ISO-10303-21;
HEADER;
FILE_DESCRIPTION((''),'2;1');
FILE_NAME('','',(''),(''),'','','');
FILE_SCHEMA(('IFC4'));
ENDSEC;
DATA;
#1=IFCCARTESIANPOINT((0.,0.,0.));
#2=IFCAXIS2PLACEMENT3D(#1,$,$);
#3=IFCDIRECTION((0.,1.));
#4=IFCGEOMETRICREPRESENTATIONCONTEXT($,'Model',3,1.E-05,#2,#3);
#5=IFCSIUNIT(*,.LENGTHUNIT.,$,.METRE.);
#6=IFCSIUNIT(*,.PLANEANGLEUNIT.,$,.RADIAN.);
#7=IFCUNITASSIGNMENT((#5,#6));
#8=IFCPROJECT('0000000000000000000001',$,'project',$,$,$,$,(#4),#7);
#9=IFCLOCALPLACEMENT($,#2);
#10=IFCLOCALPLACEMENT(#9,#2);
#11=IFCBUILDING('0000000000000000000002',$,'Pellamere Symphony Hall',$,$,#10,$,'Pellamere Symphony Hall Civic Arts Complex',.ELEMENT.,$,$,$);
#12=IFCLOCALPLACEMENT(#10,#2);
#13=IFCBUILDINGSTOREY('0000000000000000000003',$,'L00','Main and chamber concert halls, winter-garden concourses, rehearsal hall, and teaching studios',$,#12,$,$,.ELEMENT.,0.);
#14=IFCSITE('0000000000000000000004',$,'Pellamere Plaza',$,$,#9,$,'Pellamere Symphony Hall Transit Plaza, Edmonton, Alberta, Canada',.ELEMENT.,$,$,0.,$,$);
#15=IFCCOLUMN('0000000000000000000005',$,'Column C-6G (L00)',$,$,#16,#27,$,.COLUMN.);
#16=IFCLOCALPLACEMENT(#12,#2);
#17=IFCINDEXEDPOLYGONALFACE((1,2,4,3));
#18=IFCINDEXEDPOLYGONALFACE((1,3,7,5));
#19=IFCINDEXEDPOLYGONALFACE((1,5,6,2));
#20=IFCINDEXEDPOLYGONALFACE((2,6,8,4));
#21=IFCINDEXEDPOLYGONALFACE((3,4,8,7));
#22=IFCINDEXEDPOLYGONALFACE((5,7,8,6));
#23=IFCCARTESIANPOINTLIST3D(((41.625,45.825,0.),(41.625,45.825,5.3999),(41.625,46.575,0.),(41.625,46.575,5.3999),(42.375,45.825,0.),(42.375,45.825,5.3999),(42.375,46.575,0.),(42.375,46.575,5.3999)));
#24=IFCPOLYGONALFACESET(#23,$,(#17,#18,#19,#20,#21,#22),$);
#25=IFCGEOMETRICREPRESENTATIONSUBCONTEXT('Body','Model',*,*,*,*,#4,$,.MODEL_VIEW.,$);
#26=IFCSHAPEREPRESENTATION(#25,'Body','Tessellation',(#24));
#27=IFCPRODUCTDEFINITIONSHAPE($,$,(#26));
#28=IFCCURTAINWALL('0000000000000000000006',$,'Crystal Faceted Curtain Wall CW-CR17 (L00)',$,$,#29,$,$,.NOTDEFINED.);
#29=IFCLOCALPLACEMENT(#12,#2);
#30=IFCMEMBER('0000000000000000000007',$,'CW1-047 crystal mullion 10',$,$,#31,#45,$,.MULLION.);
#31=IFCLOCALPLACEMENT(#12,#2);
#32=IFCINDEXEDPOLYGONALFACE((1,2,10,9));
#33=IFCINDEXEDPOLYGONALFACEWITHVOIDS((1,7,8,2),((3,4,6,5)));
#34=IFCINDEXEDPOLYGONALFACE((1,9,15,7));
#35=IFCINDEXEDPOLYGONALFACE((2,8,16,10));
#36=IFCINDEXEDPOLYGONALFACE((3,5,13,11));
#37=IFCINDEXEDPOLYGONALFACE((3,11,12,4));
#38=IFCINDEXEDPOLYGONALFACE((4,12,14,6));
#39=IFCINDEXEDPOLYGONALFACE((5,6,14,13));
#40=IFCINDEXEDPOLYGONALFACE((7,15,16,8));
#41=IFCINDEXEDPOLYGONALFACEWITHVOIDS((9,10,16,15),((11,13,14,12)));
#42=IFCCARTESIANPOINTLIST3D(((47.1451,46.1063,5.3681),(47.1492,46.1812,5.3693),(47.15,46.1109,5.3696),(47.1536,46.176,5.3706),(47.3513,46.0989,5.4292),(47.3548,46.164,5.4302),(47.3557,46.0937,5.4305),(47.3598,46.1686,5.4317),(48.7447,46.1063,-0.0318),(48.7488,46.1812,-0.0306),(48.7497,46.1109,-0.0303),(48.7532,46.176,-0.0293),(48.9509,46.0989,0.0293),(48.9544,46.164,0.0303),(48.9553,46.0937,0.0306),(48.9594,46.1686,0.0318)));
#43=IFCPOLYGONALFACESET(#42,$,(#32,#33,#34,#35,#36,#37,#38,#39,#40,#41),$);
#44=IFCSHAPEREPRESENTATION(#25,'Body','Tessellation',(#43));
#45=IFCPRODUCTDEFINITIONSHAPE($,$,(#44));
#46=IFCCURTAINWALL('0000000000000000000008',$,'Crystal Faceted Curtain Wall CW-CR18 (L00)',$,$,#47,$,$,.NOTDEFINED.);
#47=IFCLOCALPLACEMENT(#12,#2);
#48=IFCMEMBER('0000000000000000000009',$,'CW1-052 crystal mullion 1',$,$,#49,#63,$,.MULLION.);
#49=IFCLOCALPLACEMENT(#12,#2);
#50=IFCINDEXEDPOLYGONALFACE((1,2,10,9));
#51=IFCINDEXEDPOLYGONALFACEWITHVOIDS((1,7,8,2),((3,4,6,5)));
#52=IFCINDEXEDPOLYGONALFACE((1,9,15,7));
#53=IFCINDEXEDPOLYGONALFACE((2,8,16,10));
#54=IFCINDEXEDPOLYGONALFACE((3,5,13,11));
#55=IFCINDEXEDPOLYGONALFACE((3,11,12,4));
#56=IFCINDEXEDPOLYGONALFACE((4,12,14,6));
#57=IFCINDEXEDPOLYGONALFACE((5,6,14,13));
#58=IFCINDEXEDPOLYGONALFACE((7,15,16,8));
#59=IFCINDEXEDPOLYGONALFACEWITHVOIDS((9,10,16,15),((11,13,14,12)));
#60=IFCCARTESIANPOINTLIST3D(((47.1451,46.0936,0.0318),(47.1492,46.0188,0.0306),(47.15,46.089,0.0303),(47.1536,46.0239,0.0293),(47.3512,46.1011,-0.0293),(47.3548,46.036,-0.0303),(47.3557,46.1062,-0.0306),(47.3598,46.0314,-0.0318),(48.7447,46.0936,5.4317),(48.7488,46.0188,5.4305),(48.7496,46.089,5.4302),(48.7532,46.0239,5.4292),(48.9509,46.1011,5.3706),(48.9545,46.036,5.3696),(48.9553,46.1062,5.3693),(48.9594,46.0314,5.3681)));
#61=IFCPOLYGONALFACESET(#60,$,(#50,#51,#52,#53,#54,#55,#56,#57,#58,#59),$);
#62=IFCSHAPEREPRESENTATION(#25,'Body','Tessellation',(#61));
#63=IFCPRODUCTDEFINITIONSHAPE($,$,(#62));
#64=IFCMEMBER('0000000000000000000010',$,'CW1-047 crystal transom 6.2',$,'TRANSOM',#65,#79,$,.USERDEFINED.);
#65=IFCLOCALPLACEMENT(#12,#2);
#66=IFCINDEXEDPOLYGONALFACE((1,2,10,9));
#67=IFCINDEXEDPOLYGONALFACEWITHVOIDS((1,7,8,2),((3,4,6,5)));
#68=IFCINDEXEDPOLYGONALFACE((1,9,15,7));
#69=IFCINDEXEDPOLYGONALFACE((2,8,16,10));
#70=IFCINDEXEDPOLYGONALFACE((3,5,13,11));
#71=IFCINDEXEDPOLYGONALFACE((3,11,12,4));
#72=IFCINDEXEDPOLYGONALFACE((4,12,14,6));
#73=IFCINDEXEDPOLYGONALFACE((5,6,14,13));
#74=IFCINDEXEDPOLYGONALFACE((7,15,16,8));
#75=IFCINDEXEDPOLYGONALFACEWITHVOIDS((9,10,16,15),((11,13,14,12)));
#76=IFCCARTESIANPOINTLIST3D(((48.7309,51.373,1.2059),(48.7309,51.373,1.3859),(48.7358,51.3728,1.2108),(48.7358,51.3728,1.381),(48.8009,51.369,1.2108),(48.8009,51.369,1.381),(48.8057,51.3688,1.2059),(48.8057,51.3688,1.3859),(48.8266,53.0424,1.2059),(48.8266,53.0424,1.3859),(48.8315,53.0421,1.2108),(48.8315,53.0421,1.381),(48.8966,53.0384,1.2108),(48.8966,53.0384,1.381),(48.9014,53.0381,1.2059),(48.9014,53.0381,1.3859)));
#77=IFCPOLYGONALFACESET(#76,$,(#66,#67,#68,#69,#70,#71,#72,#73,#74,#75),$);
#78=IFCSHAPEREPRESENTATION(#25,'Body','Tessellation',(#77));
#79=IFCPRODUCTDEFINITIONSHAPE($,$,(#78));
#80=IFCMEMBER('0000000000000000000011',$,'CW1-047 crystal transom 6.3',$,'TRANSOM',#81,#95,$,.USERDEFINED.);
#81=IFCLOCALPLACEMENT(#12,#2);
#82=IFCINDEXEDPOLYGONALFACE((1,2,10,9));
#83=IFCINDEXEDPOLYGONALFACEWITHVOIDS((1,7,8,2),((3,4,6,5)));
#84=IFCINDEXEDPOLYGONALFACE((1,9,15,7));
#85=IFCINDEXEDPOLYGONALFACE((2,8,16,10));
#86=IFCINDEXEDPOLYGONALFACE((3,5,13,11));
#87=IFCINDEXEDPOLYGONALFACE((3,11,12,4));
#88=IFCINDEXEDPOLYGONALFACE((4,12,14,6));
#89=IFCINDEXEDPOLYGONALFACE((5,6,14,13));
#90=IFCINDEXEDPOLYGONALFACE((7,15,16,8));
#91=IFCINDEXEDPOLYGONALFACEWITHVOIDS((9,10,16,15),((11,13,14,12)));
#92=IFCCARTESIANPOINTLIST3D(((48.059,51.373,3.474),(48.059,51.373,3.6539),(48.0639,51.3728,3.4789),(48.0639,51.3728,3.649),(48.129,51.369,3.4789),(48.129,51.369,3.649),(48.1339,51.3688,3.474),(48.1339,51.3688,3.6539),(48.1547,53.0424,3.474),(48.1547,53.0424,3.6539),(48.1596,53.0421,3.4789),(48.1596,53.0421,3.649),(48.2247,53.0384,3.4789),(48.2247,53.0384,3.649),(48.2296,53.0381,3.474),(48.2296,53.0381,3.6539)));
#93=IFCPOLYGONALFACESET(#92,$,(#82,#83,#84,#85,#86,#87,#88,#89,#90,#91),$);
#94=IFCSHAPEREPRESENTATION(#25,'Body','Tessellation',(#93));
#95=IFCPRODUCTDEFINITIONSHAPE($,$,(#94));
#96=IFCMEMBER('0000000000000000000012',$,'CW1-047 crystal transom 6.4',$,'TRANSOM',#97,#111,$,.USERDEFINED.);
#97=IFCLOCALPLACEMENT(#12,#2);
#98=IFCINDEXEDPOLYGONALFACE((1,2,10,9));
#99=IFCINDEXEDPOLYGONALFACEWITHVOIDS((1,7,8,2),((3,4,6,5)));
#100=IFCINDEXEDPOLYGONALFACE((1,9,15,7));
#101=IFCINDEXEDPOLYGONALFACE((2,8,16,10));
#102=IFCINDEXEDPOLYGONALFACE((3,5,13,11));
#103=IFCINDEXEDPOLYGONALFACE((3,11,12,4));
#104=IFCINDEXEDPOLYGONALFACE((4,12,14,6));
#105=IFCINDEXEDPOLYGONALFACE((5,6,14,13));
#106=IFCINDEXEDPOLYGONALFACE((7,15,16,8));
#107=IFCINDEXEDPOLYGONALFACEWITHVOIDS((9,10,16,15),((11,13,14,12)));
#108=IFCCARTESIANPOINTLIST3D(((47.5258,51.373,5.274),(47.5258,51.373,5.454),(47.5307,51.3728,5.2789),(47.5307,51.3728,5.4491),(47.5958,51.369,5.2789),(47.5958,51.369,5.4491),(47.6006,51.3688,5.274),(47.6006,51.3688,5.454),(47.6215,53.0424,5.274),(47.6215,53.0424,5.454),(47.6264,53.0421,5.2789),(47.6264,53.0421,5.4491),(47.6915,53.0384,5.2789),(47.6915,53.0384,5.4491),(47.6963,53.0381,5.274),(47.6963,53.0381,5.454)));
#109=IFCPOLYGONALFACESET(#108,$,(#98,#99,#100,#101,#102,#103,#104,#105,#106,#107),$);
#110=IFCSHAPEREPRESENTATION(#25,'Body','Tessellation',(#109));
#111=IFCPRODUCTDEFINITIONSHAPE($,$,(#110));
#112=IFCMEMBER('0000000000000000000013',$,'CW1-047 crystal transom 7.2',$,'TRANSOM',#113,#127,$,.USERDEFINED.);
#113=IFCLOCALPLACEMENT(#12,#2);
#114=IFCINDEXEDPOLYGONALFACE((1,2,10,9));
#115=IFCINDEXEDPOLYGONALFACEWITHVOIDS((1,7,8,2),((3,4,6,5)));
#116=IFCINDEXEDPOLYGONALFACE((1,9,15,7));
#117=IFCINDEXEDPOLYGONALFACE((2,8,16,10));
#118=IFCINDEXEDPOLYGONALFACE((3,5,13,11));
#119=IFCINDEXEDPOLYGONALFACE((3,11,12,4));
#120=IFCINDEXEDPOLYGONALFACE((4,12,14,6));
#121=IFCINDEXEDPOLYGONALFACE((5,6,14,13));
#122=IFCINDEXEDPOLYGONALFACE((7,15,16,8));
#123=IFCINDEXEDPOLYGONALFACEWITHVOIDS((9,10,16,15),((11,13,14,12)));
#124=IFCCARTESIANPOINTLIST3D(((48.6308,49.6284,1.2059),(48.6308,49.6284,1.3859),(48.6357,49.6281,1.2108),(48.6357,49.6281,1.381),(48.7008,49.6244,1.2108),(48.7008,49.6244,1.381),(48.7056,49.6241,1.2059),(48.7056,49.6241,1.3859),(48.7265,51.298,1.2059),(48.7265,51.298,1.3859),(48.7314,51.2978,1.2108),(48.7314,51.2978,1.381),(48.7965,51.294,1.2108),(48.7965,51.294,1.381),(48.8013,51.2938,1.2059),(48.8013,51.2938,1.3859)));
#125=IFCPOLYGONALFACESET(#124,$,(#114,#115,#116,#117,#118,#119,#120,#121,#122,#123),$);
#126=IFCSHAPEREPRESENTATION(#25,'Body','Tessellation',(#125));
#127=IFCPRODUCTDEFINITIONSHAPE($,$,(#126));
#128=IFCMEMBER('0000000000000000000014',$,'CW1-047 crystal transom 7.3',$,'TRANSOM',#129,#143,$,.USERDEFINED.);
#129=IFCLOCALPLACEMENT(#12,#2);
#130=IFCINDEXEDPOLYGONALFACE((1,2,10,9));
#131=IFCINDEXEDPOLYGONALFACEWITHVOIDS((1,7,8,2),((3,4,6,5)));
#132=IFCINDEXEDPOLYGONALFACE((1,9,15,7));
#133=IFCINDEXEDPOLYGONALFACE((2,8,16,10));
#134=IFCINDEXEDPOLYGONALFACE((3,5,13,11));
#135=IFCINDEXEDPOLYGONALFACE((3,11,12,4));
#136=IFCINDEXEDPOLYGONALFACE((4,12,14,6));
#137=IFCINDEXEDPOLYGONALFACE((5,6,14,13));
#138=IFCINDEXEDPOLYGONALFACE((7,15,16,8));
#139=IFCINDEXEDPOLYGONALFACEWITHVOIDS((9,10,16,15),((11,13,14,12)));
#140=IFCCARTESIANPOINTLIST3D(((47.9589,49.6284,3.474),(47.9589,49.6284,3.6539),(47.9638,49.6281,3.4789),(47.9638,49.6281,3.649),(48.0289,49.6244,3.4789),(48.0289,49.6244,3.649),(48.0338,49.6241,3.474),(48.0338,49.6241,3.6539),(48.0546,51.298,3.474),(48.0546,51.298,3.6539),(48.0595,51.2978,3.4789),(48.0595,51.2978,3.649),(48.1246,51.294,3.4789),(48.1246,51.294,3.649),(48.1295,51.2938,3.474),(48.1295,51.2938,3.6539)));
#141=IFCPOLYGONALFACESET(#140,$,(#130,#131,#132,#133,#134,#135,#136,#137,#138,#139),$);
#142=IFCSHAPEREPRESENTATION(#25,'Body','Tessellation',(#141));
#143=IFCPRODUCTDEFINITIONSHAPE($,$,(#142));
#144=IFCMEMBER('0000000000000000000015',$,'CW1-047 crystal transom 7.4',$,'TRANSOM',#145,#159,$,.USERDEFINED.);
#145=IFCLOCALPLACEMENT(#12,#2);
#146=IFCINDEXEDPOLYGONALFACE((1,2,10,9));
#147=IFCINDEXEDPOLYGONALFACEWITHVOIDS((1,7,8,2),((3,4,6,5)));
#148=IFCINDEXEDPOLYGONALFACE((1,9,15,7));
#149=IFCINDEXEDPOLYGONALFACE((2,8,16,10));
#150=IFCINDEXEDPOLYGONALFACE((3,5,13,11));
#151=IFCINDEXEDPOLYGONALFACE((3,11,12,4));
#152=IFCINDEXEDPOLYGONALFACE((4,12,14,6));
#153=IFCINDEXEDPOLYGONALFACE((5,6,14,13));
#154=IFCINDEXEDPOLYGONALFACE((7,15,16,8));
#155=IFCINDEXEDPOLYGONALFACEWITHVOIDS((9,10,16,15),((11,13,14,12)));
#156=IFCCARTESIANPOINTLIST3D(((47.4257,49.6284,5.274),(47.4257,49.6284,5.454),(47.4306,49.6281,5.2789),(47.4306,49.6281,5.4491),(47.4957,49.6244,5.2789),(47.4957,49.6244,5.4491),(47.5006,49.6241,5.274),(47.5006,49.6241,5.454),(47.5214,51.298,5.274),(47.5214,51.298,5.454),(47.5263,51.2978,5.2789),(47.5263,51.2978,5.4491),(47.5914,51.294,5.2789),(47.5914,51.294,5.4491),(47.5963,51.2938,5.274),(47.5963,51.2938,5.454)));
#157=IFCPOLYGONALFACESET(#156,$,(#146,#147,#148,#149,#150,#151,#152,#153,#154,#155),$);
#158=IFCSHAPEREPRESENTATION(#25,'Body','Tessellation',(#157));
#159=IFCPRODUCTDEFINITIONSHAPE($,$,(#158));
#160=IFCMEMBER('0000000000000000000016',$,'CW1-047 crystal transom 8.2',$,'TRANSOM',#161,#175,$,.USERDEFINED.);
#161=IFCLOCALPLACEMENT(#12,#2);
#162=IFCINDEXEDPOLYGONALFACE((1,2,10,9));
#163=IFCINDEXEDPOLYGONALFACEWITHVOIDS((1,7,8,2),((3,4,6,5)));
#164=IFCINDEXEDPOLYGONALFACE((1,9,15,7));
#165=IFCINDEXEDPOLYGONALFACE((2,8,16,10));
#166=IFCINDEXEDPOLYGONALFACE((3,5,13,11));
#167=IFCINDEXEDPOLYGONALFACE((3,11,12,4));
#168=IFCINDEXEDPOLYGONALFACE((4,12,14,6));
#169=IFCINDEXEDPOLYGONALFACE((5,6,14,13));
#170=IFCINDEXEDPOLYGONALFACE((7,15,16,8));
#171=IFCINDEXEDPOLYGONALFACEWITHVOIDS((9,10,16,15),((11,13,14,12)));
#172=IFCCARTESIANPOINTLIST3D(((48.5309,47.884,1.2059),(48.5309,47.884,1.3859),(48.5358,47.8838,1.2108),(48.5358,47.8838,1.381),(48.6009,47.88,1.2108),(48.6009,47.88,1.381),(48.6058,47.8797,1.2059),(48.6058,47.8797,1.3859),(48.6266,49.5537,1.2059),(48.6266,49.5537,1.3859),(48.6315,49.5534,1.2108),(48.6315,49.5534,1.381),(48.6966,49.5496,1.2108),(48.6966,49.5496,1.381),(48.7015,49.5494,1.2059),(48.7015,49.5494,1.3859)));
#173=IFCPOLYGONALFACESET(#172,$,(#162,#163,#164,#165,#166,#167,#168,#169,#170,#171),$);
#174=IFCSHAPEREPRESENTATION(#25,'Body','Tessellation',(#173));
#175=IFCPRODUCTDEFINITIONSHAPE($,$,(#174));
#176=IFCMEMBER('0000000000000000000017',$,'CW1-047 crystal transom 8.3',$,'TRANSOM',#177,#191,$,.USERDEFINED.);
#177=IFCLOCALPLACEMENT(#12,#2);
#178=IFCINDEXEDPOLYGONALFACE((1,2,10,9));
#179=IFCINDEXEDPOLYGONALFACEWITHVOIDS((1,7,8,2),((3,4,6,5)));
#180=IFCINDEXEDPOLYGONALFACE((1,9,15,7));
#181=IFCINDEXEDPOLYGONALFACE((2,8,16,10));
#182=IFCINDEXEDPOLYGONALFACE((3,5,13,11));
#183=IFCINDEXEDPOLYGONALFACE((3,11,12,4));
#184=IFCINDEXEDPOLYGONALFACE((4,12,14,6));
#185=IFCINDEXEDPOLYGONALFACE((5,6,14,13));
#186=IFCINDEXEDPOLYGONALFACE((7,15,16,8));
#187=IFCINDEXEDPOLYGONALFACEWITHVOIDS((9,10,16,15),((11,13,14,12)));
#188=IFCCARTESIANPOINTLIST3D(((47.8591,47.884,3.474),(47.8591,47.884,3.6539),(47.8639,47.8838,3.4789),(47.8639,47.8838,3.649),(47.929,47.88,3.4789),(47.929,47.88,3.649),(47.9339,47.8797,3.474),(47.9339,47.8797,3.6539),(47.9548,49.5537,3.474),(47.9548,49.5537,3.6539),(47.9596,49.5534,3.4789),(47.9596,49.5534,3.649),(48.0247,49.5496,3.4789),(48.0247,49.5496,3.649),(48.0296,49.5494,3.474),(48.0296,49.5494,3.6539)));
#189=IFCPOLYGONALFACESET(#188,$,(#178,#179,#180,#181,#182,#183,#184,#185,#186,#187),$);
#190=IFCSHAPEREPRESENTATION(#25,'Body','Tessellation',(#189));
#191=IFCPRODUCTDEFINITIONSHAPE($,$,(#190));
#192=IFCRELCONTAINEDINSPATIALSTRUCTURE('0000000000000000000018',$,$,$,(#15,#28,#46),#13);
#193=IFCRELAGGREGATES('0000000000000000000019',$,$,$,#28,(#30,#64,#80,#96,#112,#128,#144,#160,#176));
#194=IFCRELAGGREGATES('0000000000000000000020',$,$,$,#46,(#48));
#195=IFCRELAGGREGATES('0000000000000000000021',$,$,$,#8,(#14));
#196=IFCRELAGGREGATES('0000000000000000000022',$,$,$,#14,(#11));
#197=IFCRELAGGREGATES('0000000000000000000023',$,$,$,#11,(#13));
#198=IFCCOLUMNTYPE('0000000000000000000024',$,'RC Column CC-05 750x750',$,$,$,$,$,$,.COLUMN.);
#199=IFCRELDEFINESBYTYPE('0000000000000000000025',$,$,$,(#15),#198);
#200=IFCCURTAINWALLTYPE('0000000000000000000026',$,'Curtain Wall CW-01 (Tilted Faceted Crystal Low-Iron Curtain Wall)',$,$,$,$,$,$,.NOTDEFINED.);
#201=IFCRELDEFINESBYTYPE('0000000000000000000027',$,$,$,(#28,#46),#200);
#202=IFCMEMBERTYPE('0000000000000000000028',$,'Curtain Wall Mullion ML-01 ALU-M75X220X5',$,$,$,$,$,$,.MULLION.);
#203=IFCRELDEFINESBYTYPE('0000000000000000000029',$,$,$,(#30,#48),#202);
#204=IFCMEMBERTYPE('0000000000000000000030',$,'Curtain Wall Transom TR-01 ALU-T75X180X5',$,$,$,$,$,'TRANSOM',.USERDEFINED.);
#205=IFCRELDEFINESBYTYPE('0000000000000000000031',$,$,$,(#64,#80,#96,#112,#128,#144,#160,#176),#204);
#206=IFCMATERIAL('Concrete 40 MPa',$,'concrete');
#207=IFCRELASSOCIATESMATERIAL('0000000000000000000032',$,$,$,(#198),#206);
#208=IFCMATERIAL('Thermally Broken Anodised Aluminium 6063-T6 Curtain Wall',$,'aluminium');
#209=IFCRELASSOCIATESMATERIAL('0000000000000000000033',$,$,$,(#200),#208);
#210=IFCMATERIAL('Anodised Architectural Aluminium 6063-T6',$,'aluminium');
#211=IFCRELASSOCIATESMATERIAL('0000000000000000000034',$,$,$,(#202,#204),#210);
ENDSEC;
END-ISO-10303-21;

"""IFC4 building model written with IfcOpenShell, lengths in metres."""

from ifc_helpers import new_model, si_unit, direction, frame, origin, origin_2d, place, context, subcontext, project, spatial, rectangle, hollow_rectangle, extrude, material, material_profile, profile_set, type_object, element, aggregate, save


model = new_model("IFC4")

# Units and contexts
model_context = context("Model", 3, precision=1e-05, world=origin(), true_north=direction((0.0, 1.0)))
body_context = subcontext(model_context, "Body", "Model", "MODEL_VIEW")
ifc_project = project(units=[si_unit("LENGTHUNIT", "METRE"), si_unit("PLANEANGLEUNIT", "RADIAN")], contexts=[model_context])

# Site, building, storey
site_placement = place(None, origin())
site = spatial("IfcSite", under=ifc_project, at=site_placement, Name="Pellamere Plaza", LongName="Pellamere Symphony Hall Transit Plaza, Edmonton, Alberta, Canada", CompositionType="ELEMENT", RefElevation=0.0)
building_placement = place(site_placement, origin())
building = spatial("IfcBuilding", under=site, at=building_placement, Name="Pellamere Symphony Hall", LongName="Pellamere Symphony Hall Civic Arts Complex", CompositionType="ELEMENT")
storey_placement = place(building_placement, origin())
storey = spatial("IfcBuildingStorey", under=building, at=storey_placement, Name="L00", Description="Main and chamber concert halls, winter-garden concourses, rehearsal hall, and teaching studios", CompositionType="ELEMENT", Elevation=0.0)

# Column
ifc_material_1 = material(Name="Concrete 40 MPa", Category="concrete")
ifc_material_profile_1 = material_profile(ifc_material_1, rectangle(XDim=0.75, YDim=0.75, at=origin_2d()), Name="RC 750x750")
ifc_profile_set_1 = profile_set([ifc_material_profile_1], Name="Concrete 40 MPa")
column_type = type_object("IfcColumnType", Name="RC Column CC-05 750x750", PredefinedType="COLUMN", material=ifc_profile_set_1)
column_placement = place(storey_placement, frame((42.0, 46.2, 0.0), z_axis=(0.0, 0.0, 1.0), x_axis=(1.0, 0.0, 0.0)))
element("IfcColumn", 1, at=column_placement, inside=storey, type_object=column_type, Name="Column C-6G (L00)", PredefinedType="COLUMN", context=body_context, shape_type="SweptSolid", body=[
    extrude(rectangle(XDim=0.75, YDim=0.75, at=origin_2d()), origin(), (0.0, 0.0, 1.0), 5.3999),
])

# Curtain walls, members
ifc_material_2 = material(Name="Thermally Broken Anodised Aluminium 6063-T6 Curtain Wall", Category="aluminium")
curtain_wall_type = type_object("IfcCurtainWallType", Name="Curtain Wall CW-01 (Tilted Faceted Crystal Low-Iron Curtain Wall)", PredefinedType="NOTDEFINED", material=ifc_material_2)
curtain_wall_1_placement = place(storey_placement, origin())
curtain_wall_1 = element("IfcCurtainWall", 2, at=curtain_wall_1_placement, inside=storey, type_object=curtain_wall_type, Name="Crystal Faceted Curtain Wall CW-CR17 (L00)", PredefinedType="NOTDEFINED")
ifc_material_3 = material(Name="Anodised Architectural Aluminium 6063-T6", Category="aluminium")
ifc_material_profile_2 = material_profile(ifc_material_3, hollow_rectangle(XDim=0.075, YDim=0.22, WallThickness=0.0049, at=origin_2d()), Name="ALU-M75X220X5")
ifc_profile_set_2 = profile_set([ifc_material_profile_2], Name="Anodised Architectural Aluminium 6063-T6")
member_type_1 = type_object("IfcMemberType", Name="Curtain Wall Mullion ML-01 ALU-M75X220X5", PredefinedType="MULLION", material=ifc_profile_set_2)
member_1_placement = place(storey_placement, frame((48.8521, 46.1375, 0.0), z_axis=(-0.284029, 0.0, 0.958816), x_axis=(-0.054874, -0.998361, -0.016255)))
member_1 = element("IfcMember", 3, at=member_1_placement, type_object=member_type_1, Name="CW1-047 crystal mullion 10", PredefinedType="MULLION", context=body_context, shape_type="SweptSolid", body=[
    extrude(hollow_rectangle(XDim=0.075, YDim=0.22, WallThickness=0.0049, at=origin_2d()), origin(), (0.0, 0.0, 1.0), 5.6318),
])
curtain_wall_2_placement = place(storey_placement, origin())
curtain_wall_2 = element("IfcCurtainWall", 4, at=curtain_wall_2_placement, inside=storey, type_object=curtain_wall_type, Name="Crystal Faceted Curtain Wall CW-CR18 (L00)", PredefinedType="NOTDEFINED")
member_2_placement = place(storey_placement, frame((47.2524, 46.0625, 0.0), z_axis=(0.284029, 0.0, 0.958816), x_axis=(-0.055224, 0.99834, 0.016359)))
member_2 = element("IfcMember", 5, at=member_2_placement, type_object=member_type_1, Name="CW1-052 crystal mullion 1", PredefinedType="MULLION", context=body_context, shape_type="SweptSolid", body=[
    extrude(hollow_rectangle(XDim=0.075, YDim=0.22, WallThickness=0.0049, at=origin_2d()), origin(), (0.0, 0.0, 1.0), 5.6318),
])

# Members
ifc_material_profile_3 = material_profile(ifc_material_3, hollow_rectangle(XDim=0.075, YDim=0.1799, WallThickness=0.0049, at=origin_2d()), Name="ALU-T75X180X5")
ifc_profile_set_3 = profile_set([ifc_material_profile_3], Name="Anodised Architectural Aluminium 6063-T6")
member_type_2 = type_object("IfcMemberType", Name="Curtain Wall Transom TR-01 ALU-T75X180X5", ElementType="TRANSOM", PredefinedType="USERDEFINED", material=ifc_profile_set_3)
member_3_placement = place(storey_placement, frame((48.864, 53.0403, 1.2959), z_axis=(-0.057233, -0.998361, 0.0), x_axis=(0.998361, -0.057233, 0.0)))
member_3 = element("IfcMember", 6, at=member_3_placement, type_object=member_type_2, Name="CW1-047 crystal transom 6.2", ObjectType="TRANSOM", PredefinedType="USERDEFINED", context=body_context, shape_type="SweptSolid", body=[
    extrude(hollow_rectangle(XDim=0.075, YDim=0.1799, WallThickness=0.0049, at=origin_2d()), origin(), (0.0, 0.0, 1.0), 1.6721),
])
member_4_placement = place(storey_placement, frame((48.1921, 53.0403, 3.564), z_axis=(-0.057233, -0.998361, 0.0), x_axis=(0.998361, -0.057233, 0.0)))
member_4 = element("IfcMember", 7, at=member_4_placement, type_object=member_type_2, Name="CW1-047 crystal transom 6.3", ObjectType="TRANSOM", PredefinedType="USERDEFINED", context=body_context, shape_type="SweptSolid", body=[
    extrude(hollow_rectangle(XDim=0.075, YDim=0.1799, WallThickness=0.0049, at=origin_2d()), origin(), (0.0, 0.0, 1.0), 1.6721),
])
member_5_placement = place(storey_placement, frame((47.6589, 53.0403, 5.364), z_axis=(-0.057233, -0.998361, 0.0), x_axis=(0.998361, -0.057233, 0.0)))
member_5 = element("IfcMember", 8, at=member_5_placement, type_object=member_type_2, Name="CW1-047 crystal transom 6.4", ObjectType="TRANSOM", PredefinedType="USERDEFINED", context=body_context, shape_type="SweptSolid", body=[
    extrude(hollow_rectangle(XDim=0.075, YDim=0.1799, WallThickness=0.0049, at=origin_2d()), origin(), (0.0, 0.0, 1.0), 1.6721),
])
member_6_placement = place(storey_placement, frame((48.7639, 51.2959, 1.2959), z_axis=(-0.057224, -0.998361, 0.0), x_axis=(0.998361, -0.057224, 0.0)))
member_6 = element("IfcMember", 9, at=member_6_placement, type_object=member_type_2, Name="CW1-047 crystal transom 7.2", ObjectType="TRANSOM", PredefinedType="USERDEFINED", context=body_context, shape_type="SweptSolid", body=[
    extrude(hollow_rectangle(XDim=0.075, YDim=0.1799, WallThickness=0.0049, at=origin_2d()), origin(), (0.0, 0.0, 1.0), 1.6724),
])
member_7_placement = place(storey_placement, frame((48.092, 51.2959, 3.564), z_axis=(-0.057224, -0.998361, 0.0), x_axis=(0.998361, -0.057224, 0.0)))
member_7 = element("IfcMember", 10, at=member_7_placement, type_object=member_type_2, Name="CW1-047 crystal transom 7.3", ObjectType="TRANSOM", PredefinedType="USERDEFINED", context=body_context, shape_type="SweptSolid", body=[
    extrude(hollow_rectangle(XDim=0.075, YDim=0.1799, WallThickness=0.0049, at=origin_2d()), origin(), (0.0, 0.0, 1.0), 1.6724),
])
member_8_placement = place(storey_placement, frame((47.5588, 51.2959, 5.364), z_axis=(-0.057224, -0.998361, 0.0), x_axis=(0.998361, -0.057224, 0.0)))
member_8 = element("IfcMember", 11, at=member_8_placement, type_object=member_type_2, Name="CW1-047 crystal transom 7.4", ObjectType="TRANSOM", PredefinedType="USERDEFINED", context=body_context, shape_type="SweptSolid", body=[
    extrude(hollow_rectangle(XDim=0.075, YDim=0.1799, WallThickness=0.0049, at=origin_2d()), origin(), (0.0, 0.0, 1.0), 1.6724),
])
member_9_placement = place(storey_placement, frame((48.6641, 49.5515, 1.2959), z_axis=(-0.057224, -0.998361, 0.0), x_axis=(0.998361, -0.057224, 0.0)))
member_9 = element("IfcMember", 12, at=member_9_placement, type_object=member_type_2, Name="CW1-047 crystal transom 8.2", ObjectType="TRANSOM", PredefinedType="USERDEFINED", context=body_context, shape_type="SweptSolid", body=[
    extrude(hollow_rectangle(XDim=0.075, YDim=0.1799, WallThickness=0.0049, at=origin_2d()), origin(), (0.0, 0.0, 1.0), 1.6724),
])
member_10_placement = place(storey_placement, frame((47.9922, 49.5515, 3.564), z_axis=(-0.057224, -0.998361, 0.0), x_axis=(0.998361, -0.057224, 0.0)))
member_10 = element("IfcMember", 13, at=member_10_placement, type_object=member_type_2, Name="CW1-047 crystal transom 8.3", ObjectType="TRANSOM", PredefinedType="USERDEFINED", context=body_context, shape_type="SweptSolid", body=[
    extrude(hollow_rectangle(XDim=0.075, YDim=0.1799, WallThickness=0.0049, at=origin_2d()), origin(), (0.0, 0.0, 1.0), 1.6724),
])

aggregate(curtain_wall_1, [member_1, member_3, member_4, member_5, member_6, member_7, member_8, member_9, member_10])
aggregate(curtain_wall_2, [member_2])

save(model, "model.ifc")
